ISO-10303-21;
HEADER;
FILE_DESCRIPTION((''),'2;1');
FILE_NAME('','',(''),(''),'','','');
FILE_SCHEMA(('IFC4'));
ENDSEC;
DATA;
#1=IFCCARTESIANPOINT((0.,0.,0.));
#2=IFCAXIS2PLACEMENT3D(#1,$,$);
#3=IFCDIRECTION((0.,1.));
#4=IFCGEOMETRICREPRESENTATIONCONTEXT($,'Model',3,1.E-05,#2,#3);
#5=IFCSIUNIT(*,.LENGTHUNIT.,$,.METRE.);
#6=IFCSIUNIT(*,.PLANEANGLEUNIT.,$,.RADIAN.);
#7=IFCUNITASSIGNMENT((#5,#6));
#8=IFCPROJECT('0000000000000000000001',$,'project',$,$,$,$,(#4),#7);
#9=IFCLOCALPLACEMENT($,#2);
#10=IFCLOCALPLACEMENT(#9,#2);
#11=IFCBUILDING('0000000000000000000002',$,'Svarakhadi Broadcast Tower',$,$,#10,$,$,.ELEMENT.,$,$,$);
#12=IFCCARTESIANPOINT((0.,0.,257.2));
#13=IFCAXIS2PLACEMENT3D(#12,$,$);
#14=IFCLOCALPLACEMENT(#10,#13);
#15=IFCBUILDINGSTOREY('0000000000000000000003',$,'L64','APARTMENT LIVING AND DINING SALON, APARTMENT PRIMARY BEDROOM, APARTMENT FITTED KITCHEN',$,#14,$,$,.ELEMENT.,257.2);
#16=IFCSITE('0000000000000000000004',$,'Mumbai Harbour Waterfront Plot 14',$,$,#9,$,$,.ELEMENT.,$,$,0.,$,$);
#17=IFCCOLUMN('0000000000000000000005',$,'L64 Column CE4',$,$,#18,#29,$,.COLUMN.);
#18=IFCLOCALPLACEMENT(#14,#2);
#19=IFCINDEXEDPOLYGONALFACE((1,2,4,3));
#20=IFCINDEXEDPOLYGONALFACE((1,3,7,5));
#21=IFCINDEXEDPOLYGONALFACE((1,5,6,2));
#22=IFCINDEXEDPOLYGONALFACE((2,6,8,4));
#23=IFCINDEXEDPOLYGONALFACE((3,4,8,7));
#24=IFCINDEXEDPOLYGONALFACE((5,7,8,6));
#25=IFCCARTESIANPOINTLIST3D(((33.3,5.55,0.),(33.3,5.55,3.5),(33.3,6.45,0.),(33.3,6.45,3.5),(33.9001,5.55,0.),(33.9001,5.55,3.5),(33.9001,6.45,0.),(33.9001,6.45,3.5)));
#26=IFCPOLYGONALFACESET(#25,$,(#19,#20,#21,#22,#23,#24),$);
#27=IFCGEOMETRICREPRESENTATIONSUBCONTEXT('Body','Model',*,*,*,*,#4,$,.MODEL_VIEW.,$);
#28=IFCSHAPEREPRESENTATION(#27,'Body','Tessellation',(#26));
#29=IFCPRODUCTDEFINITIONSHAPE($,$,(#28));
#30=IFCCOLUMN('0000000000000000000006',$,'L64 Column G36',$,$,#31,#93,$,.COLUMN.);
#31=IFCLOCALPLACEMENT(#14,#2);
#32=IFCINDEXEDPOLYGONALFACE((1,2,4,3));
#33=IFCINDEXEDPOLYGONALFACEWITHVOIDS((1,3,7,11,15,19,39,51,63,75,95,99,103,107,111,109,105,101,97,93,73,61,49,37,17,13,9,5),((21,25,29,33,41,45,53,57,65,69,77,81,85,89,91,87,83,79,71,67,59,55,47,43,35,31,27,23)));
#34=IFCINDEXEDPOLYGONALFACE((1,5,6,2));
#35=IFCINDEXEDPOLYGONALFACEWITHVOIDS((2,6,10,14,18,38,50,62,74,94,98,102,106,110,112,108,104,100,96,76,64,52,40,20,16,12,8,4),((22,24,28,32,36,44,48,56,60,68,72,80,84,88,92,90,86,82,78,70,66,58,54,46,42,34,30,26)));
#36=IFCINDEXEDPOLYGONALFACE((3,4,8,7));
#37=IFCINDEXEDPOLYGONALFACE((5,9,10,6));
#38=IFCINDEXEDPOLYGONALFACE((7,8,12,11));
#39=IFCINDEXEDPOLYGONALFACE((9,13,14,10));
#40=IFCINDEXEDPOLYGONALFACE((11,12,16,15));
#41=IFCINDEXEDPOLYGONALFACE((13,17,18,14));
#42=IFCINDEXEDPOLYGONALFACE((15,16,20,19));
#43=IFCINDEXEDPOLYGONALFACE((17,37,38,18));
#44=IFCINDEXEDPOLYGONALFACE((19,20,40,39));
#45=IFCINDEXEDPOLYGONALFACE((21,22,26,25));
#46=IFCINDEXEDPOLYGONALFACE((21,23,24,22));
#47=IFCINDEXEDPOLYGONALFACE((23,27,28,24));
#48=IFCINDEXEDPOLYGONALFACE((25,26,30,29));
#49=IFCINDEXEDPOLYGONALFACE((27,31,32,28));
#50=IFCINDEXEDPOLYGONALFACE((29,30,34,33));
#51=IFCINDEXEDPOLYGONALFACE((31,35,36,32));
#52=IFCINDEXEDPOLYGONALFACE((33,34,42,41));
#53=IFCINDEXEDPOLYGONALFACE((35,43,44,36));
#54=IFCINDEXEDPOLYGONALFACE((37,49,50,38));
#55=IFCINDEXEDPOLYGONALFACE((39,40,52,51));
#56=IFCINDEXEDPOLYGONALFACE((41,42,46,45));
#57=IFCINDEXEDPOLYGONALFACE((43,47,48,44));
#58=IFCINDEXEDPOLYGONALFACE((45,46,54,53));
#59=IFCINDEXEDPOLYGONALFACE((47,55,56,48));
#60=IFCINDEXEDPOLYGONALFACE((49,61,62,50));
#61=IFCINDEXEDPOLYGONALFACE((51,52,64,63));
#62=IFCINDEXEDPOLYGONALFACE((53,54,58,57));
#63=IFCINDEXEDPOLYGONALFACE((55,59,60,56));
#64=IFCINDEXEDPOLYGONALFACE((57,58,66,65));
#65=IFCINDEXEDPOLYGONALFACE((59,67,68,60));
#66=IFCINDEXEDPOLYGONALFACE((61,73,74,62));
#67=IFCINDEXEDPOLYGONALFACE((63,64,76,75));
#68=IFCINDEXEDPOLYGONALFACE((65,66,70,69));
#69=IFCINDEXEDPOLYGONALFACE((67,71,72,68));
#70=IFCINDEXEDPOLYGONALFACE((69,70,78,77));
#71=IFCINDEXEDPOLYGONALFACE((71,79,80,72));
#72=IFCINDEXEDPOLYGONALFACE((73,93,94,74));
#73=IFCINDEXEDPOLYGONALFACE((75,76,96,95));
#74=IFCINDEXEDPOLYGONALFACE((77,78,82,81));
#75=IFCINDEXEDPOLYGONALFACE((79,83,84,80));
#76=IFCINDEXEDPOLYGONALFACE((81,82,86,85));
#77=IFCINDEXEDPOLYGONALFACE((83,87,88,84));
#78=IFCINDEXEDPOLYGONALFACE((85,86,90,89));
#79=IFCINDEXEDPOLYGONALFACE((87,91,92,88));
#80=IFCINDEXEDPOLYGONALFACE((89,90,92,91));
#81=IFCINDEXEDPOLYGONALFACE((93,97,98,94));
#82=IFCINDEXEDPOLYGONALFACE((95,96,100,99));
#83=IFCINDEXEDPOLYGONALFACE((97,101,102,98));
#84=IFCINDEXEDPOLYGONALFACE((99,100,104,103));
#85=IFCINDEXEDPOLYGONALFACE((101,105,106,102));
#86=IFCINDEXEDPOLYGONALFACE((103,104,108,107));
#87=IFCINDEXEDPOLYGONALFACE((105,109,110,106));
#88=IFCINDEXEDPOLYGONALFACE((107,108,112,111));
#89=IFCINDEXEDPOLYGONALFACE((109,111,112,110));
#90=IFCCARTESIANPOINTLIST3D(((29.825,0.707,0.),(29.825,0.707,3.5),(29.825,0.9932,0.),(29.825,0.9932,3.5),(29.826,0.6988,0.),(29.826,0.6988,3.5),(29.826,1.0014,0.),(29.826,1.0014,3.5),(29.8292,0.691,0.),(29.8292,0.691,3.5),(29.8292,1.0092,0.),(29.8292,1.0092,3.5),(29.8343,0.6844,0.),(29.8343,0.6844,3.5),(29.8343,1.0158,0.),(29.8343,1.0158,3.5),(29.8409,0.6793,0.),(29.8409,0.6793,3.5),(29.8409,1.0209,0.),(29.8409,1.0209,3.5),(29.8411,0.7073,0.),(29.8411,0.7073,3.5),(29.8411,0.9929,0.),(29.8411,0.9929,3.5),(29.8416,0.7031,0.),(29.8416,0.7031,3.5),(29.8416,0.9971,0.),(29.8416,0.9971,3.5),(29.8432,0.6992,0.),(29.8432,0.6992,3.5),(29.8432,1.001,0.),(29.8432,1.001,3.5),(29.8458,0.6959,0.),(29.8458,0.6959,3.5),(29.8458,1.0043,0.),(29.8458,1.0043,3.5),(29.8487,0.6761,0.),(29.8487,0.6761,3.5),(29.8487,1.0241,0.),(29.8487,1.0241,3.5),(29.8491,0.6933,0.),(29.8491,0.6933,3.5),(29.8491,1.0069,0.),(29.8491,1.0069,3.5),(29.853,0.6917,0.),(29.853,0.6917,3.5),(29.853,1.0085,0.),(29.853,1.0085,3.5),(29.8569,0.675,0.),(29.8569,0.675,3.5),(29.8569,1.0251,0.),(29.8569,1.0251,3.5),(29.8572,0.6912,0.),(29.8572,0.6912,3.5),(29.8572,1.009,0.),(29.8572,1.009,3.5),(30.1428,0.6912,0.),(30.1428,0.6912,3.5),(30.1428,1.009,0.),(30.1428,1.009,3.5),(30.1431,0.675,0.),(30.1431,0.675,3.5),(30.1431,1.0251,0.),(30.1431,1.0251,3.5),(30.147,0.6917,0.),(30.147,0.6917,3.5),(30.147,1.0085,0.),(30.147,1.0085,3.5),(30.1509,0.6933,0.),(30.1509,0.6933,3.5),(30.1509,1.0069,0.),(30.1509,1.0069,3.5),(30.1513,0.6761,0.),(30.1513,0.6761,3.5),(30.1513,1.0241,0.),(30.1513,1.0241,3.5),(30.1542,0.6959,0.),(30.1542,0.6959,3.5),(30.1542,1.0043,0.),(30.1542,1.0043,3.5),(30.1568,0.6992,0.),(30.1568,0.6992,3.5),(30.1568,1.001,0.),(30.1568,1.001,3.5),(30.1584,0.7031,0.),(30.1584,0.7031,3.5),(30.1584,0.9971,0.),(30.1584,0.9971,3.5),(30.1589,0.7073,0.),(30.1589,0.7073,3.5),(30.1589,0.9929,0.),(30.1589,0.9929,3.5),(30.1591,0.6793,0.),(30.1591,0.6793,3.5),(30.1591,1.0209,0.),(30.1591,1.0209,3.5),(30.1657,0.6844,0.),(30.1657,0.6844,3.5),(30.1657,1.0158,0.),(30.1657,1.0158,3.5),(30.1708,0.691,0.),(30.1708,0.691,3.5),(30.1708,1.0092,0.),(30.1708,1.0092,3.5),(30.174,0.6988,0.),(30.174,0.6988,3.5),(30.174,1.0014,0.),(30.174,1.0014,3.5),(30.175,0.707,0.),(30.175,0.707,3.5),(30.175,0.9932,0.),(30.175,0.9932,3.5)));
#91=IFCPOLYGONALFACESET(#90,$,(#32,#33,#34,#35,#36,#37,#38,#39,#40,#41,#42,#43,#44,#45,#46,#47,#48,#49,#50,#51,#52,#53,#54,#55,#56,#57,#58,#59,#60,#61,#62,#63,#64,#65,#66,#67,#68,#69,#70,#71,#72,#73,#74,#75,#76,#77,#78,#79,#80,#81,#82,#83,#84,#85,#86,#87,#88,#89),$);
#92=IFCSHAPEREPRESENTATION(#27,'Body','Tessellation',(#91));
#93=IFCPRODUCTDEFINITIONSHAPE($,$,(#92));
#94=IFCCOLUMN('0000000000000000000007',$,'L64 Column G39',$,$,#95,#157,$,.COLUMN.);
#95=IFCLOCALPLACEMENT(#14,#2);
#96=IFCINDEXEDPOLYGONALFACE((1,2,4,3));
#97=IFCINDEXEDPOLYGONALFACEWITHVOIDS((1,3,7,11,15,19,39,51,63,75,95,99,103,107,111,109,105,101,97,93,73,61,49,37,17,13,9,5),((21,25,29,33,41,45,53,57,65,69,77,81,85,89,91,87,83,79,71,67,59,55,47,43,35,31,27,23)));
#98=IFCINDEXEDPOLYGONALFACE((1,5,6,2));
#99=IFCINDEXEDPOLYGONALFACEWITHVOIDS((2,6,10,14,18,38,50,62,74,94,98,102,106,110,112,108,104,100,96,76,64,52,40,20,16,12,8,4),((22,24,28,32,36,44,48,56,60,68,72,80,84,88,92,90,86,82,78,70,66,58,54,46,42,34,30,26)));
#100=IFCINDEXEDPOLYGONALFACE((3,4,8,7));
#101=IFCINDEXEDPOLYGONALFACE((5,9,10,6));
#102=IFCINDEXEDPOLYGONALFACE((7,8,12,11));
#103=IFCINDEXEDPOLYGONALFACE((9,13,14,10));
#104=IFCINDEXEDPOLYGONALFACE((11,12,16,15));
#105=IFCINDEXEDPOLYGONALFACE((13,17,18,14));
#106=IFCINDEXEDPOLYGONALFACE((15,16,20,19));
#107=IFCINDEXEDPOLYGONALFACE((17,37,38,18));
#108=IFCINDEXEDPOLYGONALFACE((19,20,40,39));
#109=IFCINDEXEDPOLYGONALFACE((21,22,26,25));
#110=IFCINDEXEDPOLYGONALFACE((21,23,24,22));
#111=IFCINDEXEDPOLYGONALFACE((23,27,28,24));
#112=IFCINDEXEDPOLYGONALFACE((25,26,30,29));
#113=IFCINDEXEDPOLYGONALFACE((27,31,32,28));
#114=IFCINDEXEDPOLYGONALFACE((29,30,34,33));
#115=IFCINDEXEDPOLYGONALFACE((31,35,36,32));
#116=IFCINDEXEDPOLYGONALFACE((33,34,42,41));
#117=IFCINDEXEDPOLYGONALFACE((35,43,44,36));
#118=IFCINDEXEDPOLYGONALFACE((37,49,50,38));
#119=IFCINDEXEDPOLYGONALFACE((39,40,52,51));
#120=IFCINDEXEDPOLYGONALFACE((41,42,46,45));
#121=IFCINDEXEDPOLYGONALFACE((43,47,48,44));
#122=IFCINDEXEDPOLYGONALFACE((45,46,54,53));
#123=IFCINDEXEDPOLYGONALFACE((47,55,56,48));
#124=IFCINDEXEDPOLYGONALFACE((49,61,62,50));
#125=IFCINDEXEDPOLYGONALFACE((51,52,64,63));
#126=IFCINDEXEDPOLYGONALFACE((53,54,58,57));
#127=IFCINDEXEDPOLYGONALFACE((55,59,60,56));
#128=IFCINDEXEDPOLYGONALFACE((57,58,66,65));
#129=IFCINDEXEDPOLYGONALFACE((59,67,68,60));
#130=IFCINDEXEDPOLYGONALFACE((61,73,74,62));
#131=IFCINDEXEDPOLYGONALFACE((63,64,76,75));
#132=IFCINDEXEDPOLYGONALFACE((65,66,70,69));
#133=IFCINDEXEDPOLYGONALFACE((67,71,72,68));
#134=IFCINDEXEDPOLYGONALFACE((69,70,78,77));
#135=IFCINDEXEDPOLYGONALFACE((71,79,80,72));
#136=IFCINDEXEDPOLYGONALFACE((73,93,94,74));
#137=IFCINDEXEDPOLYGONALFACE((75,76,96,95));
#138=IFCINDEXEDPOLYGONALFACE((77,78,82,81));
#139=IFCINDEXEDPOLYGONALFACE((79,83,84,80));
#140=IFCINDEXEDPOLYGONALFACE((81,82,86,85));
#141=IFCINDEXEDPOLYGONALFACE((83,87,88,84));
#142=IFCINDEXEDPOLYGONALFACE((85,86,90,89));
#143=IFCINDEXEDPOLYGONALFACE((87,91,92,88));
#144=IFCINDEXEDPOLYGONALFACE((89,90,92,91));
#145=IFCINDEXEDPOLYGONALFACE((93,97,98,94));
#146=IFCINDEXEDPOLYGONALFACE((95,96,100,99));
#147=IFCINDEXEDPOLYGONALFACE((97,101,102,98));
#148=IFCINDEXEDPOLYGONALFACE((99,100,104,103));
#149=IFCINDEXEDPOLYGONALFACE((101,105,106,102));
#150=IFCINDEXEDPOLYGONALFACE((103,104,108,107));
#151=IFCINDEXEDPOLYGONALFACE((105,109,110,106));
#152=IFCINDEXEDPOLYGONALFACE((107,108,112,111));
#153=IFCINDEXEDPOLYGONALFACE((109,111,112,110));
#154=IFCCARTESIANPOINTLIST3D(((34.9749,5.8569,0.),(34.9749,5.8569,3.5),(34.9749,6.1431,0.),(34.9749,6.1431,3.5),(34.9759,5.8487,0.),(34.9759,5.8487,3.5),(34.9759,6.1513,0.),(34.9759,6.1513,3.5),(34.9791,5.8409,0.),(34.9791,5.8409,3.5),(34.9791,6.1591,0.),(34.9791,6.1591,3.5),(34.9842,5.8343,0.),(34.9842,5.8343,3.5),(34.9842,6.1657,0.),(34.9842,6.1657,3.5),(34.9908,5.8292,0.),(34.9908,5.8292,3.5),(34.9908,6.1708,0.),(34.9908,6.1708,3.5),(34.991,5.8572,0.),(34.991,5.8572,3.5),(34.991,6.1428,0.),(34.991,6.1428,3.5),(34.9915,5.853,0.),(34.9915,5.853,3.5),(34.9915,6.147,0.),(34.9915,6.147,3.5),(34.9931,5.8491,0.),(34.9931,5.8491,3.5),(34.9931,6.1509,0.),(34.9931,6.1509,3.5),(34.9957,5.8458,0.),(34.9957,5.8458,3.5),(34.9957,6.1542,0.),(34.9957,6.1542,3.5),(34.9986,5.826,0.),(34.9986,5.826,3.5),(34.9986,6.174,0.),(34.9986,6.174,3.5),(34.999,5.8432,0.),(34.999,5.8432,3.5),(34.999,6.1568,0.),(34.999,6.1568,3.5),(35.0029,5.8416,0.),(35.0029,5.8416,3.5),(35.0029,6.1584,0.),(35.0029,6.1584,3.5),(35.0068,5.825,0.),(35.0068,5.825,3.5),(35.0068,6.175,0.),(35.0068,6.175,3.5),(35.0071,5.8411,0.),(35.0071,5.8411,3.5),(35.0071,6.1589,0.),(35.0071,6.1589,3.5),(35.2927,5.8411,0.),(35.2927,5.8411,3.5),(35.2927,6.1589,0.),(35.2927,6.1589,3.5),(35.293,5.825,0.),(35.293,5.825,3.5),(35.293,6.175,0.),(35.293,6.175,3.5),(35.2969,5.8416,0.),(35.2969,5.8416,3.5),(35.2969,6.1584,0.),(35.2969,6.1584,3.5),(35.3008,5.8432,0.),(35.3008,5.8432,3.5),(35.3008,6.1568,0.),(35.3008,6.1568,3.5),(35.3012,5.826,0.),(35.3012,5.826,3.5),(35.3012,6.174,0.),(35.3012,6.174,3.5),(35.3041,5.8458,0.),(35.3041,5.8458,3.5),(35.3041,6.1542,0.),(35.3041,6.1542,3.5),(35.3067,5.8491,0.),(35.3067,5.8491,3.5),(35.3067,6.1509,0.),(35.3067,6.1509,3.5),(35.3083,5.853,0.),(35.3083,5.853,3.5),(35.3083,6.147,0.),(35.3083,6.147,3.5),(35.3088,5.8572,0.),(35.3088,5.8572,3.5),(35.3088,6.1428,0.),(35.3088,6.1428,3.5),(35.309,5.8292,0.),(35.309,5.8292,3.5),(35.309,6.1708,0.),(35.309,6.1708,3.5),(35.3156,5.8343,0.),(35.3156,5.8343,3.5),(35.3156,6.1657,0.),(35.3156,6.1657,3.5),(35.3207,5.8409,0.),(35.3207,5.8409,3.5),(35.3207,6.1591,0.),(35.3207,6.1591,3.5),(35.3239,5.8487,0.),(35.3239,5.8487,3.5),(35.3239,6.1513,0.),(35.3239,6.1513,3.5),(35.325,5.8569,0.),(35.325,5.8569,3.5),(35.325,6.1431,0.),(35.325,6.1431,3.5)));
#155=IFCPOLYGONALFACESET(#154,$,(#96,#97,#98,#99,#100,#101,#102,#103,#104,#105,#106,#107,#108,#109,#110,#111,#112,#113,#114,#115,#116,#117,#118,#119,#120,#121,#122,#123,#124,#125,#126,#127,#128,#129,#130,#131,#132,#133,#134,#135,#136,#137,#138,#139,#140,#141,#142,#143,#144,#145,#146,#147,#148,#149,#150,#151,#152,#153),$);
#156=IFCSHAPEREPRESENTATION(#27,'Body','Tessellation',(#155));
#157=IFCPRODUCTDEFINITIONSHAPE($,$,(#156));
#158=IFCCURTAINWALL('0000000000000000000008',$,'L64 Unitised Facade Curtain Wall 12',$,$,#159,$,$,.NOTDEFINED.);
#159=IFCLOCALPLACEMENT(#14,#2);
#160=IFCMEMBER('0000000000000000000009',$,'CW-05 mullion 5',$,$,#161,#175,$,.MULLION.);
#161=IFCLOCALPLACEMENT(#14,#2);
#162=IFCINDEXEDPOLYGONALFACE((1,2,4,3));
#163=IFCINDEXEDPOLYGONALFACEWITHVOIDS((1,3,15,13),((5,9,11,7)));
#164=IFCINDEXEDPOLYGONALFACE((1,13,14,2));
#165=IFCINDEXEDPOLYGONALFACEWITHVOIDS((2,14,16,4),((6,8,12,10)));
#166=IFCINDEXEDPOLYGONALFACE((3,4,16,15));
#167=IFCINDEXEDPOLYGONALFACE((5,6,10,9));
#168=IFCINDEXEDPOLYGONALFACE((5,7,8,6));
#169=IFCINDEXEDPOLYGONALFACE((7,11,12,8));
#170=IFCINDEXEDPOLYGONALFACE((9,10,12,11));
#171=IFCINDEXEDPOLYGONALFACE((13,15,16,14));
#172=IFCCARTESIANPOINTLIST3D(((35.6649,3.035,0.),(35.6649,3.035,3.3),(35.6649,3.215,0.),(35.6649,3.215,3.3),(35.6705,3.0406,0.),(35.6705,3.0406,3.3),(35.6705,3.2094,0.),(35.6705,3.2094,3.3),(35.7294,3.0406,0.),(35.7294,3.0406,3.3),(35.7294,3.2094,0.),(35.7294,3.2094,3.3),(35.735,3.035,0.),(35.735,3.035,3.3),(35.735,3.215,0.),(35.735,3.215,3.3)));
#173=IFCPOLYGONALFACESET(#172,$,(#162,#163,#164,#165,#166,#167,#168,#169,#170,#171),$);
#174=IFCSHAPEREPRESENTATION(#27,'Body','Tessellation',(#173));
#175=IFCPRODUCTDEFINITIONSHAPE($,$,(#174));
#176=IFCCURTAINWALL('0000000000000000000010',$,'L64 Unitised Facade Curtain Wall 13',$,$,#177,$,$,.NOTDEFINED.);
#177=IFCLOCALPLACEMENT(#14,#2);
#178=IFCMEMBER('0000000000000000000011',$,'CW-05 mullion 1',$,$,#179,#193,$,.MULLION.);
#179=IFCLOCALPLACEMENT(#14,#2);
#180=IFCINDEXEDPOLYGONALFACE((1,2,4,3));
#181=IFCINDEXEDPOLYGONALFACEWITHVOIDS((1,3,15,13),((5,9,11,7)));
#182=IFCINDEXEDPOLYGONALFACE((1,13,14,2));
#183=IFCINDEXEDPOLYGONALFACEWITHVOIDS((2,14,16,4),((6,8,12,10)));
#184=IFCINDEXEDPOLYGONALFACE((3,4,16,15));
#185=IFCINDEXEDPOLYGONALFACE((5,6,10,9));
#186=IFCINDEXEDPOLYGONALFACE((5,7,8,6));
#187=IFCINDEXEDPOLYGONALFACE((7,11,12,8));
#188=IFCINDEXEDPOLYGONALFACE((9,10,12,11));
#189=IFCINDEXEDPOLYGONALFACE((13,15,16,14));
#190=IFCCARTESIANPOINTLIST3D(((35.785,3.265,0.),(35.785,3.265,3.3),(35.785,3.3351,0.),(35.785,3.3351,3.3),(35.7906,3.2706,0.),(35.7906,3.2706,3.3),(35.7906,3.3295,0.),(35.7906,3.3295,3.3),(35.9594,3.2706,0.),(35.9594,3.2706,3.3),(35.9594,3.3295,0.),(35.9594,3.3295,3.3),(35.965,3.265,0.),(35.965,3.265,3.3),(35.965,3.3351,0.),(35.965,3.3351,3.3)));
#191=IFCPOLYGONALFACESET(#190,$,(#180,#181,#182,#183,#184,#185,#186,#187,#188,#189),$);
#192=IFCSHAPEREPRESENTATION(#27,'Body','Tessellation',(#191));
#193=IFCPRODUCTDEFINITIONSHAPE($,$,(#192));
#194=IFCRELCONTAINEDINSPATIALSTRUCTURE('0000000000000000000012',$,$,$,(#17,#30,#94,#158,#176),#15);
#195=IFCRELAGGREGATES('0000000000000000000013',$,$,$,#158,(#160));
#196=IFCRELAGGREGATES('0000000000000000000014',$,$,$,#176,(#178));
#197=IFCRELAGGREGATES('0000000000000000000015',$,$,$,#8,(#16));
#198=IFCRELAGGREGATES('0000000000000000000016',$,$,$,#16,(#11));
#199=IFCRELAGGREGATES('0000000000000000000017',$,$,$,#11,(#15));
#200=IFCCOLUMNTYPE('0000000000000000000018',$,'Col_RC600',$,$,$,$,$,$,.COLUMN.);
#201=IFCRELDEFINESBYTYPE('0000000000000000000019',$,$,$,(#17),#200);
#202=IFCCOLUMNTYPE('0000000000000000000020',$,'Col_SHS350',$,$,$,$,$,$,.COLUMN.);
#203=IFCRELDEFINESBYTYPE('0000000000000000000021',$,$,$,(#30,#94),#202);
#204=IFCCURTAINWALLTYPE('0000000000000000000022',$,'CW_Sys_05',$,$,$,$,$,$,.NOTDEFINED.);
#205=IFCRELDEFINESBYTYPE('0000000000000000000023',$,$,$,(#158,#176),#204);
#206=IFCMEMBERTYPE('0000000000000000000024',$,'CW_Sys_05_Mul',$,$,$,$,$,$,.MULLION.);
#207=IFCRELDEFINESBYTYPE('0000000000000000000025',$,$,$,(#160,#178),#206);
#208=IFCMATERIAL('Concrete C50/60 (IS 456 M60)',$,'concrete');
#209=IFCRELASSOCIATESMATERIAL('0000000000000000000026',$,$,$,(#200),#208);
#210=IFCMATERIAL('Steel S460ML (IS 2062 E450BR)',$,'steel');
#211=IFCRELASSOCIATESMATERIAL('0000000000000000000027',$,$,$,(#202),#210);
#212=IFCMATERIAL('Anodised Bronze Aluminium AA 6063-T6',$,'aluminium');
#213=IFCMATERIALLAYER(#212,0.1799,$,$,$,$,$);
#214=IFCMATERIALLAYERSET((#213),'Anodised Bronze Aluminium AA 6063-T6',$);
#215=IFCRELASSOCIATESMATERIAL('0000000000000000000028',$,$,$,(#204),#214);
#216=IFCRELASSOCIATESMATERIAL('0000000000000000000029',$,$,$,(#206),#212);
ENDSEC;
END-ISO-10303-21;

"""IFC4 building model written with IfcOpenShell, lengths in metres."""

from ifc_helpers import new_model, si_unit, direction, frame, origin, origin_2d, place, context, subcontext, project, spatial, rectangle, hollow_rectangle, extrude, material, layer, layer_set, material_profile, profile_set, type_object, element, aggregate, save


model = new_model("IFC4")

# Units and contexts
model_context = context("Model", 3, precision=1e-05, world=origin(), true_north=direction((0.0, 1.0)))
body_context = subcontext(model_context, "Body", "Model", "MODEL_VIEW")
ifc_project = project(units=[si_unit("LENGTHUNIT", "METRE"), si_unit("PLANEANGLEUNIT", "RADIAN")], contexts=[model_context])

# Site, building, storey
site_placement = place(None, origin())
site = spatial("IfcSite", under=ifc_project, at=site_placement, Name="Mumbai Harbour Waterfront Plot 14", CompositionType="ELEMENT", RefElevation=0.0)
building_placement = place(site_placement, origin())
building = spatial("IfcBuilding", under=site, at=building_placement, Name="Svarakhadi Broadcast Tower", CompositionType="ELEMENT")
storey_placement = place(building_placement, frame((0.0, 0.0, 257.2)))
storey = spatial("IfcBuildingStorey", under=building, at=storey_placement, Name="L64", Description="APARTMENT LIVING AND DINING SALON, APARTMENT PRIMARY BEDROOM, APARTMENT FITTED KITCHEN", CompositionType="ELEMENT", Elevation=257.2)

# Columns
ifc_material_1 = material(Name="Concrete C50/60 (IS 456 M60)", Category="concrete")
ifc_material_profile_1 = material_profile(ifc_material_1, rectangle(XDim=0.6001, YDim=0.8999, at=origin_2d()), Name="RC 600x900")
ifc_profile_set_1 = profile_set([ifc_material_profile_1], Name="Concrete C50/60 (IS 456 M60)")
column_type_1 = type_object("IfcColumnType", Name="Col_RC600", PredefinedType="COLUMN", material=ifc_profile_set_1)
column_placement = place(storey_placement, frame((33.6001, 6.0, 0.0), z_axis=(0.0, 0.0, 1.0), x_axis=(1.0, 0.0, 0.0)))
element("IfcColumn", 1, at=column_placement, inside=storey, type_object=column_type_1, Name="L64 Column CE4", PredefinedType="COLUMN", context=body_context, shape_type="SweptSolid", body=[
    extrude(rectangle(XDim=0.6001, YDim=0.8999, at=origin_2d()), origin(), (0.0, 0.0, 1.0), 3.5),
])
ifc_material_2 = material(Name="Steel S460ML (IS 2062 E450BR)", Category="steel")
ifc_material_profile_2 = material_profile(ifc_material_2, hollow_rectangle(XDim=0.3501, YDim=0.3501, WallThickness=0.0161, InnerFilletRadius=0.0161, OuterFilletRadius=0.032, at=origin_2d()), Name="SHS 350x350x16")
ifc_profile_set_2 = profile_set([ifc_material_profile_2], Name="Steel S460ML (IS 2062 E450BR)")
column_type_2 = type_object("IfcColumnType", Name="Col_SHS350", PredefinedType="COLUMN", material=ifc_profile_set_2)
for number, where, z_axis, x_axis, name in (
    (2, (30.0, 0.8501, 0.0), (0.0, 0.0, 1.0), (1.0, 0.0, 0.0), "L64 Column G36"),
    (3, (35.1499, 6.0, 0.0), (0.0, 0.0, 1.0), (1.0, 0.0, 0.0), "L64 Column G39"),
):
    element("IfcColumn", number, at=place(storey_placement, frame(where, z_axis=z_axis, x_axis=x_axis)), inside=storey, type_object=column_type_2, Name=name, PredefinedType="COLUMN", context=body_context, shape_type="SweptSolid", body=[
        extrude(hollow_rectangle(XDim=0.3501, YDim=0.3501, WallThickness=0.0161, InnerFilletRadius=0.0161, OuterFilletRadius=0.032, at=origin_2d()), origin(), (0.0, 0.0, 1.0), 3.5),
    ])

# Curtain wall, member
ifc_material_3 = material(Name="Anodised Bronze Aluminium AA 6063-T6", Category="aluminium")
ifc_layer_1 = layer(ifc_material_3, 0.1799)
ifc_layer_set_1 = layer_set([ifc_layer_1], Name="Anodised Bronze Aluminium AA 6063-T6")
curtain_wall_type = type_object("IfcCurtainWallType", Name="CW_Sys_05", PredefinedType="NOTDEFINED", material=ifc_layer_set_1)
curtain_wall_1_placement = place(storey_placement, origin())
curtain_wall_1 = element("IfcCurtainWall", 4, at=curtain_wall_1_placement, inside=storey, type_object=curtain_wall_type, Name="L64 Unitised Facade Curtain Wall 12", PredefinedType="NOTDEFINED")
ifc_material_profile_3 = material_profile(ifc_material_3, hollow_rectangle(XDim=0.0701, YDim=0.1799, WallThickness=0.0056, at=origin_2d()), Name="ALU MULLION 180x70x6")
ifc_profile_set_3 = profile_set([ifc_material_profile_3], Name="Anodised Bronze Aluminium AA 6063-T6")
member_type_1 = type_object("IfcMemberType", Name="CW_Sys_05_Mul", PredefinedType="MULLION", material=ifc_profile_set_3)
member_1_placement = place(storey_placement, frame((35.7, 3.125, 0.0), z_axis=(0.0, 0.0, 1.0), x_axis=(1.0, 0.0, 0.0)))
member_1 = element("IfcMember", 5, at=member_1_placement, type_object=member_type_1, Name="CW-05 mullion 5", PredefinedType="MULLION", context=body_context, shape_type="SweptSolid", body=[
    extrude(hollow_rectangle(XDim=0.0701, YDim=0.1799, WallThickness=0.0056, at=origin_2d()), origin(), (0.0, 0.0, 1.0), 3.3),
])

# Curtain wall, member
curtain_wall_2_placement = place(storey_placement, origin())
curtain_wall_2 = element("IfcCurtainWall", 6, at=curtain_wall_2_placement, inside=storey, type_object=curtain_wall_type, Name="L64 Unitised Facade Curtain Wall 13", PredefinedType="NOTDEFINED")
member_2_placement = place(storey_placement, frame((35.875, 3.3, 0.0), z_axis=(0.0, 0.0, 1.0), x_axis=(0.0, -1.0, 0.0)))
member_2 = element("IfcMember", 7, at=member_2_placement, type_object=member_type_1, Name="CW-05 mullion 1", PredefinedType="MULLION", context=body_context, shape_type="SweptSolid", body=[
    extrude(hollow_rectangle(XDim=0.0701, YDim=0.1799, WallThickness=0.0056, at=origin_2d()), origin(), (0.0, 0.0, 1.0), 3.3),
])

aggregate(curtain_wall_1, [member_1])
aggregate(curtain_wall_2, [member_2])

save(model, "model.ifc")
